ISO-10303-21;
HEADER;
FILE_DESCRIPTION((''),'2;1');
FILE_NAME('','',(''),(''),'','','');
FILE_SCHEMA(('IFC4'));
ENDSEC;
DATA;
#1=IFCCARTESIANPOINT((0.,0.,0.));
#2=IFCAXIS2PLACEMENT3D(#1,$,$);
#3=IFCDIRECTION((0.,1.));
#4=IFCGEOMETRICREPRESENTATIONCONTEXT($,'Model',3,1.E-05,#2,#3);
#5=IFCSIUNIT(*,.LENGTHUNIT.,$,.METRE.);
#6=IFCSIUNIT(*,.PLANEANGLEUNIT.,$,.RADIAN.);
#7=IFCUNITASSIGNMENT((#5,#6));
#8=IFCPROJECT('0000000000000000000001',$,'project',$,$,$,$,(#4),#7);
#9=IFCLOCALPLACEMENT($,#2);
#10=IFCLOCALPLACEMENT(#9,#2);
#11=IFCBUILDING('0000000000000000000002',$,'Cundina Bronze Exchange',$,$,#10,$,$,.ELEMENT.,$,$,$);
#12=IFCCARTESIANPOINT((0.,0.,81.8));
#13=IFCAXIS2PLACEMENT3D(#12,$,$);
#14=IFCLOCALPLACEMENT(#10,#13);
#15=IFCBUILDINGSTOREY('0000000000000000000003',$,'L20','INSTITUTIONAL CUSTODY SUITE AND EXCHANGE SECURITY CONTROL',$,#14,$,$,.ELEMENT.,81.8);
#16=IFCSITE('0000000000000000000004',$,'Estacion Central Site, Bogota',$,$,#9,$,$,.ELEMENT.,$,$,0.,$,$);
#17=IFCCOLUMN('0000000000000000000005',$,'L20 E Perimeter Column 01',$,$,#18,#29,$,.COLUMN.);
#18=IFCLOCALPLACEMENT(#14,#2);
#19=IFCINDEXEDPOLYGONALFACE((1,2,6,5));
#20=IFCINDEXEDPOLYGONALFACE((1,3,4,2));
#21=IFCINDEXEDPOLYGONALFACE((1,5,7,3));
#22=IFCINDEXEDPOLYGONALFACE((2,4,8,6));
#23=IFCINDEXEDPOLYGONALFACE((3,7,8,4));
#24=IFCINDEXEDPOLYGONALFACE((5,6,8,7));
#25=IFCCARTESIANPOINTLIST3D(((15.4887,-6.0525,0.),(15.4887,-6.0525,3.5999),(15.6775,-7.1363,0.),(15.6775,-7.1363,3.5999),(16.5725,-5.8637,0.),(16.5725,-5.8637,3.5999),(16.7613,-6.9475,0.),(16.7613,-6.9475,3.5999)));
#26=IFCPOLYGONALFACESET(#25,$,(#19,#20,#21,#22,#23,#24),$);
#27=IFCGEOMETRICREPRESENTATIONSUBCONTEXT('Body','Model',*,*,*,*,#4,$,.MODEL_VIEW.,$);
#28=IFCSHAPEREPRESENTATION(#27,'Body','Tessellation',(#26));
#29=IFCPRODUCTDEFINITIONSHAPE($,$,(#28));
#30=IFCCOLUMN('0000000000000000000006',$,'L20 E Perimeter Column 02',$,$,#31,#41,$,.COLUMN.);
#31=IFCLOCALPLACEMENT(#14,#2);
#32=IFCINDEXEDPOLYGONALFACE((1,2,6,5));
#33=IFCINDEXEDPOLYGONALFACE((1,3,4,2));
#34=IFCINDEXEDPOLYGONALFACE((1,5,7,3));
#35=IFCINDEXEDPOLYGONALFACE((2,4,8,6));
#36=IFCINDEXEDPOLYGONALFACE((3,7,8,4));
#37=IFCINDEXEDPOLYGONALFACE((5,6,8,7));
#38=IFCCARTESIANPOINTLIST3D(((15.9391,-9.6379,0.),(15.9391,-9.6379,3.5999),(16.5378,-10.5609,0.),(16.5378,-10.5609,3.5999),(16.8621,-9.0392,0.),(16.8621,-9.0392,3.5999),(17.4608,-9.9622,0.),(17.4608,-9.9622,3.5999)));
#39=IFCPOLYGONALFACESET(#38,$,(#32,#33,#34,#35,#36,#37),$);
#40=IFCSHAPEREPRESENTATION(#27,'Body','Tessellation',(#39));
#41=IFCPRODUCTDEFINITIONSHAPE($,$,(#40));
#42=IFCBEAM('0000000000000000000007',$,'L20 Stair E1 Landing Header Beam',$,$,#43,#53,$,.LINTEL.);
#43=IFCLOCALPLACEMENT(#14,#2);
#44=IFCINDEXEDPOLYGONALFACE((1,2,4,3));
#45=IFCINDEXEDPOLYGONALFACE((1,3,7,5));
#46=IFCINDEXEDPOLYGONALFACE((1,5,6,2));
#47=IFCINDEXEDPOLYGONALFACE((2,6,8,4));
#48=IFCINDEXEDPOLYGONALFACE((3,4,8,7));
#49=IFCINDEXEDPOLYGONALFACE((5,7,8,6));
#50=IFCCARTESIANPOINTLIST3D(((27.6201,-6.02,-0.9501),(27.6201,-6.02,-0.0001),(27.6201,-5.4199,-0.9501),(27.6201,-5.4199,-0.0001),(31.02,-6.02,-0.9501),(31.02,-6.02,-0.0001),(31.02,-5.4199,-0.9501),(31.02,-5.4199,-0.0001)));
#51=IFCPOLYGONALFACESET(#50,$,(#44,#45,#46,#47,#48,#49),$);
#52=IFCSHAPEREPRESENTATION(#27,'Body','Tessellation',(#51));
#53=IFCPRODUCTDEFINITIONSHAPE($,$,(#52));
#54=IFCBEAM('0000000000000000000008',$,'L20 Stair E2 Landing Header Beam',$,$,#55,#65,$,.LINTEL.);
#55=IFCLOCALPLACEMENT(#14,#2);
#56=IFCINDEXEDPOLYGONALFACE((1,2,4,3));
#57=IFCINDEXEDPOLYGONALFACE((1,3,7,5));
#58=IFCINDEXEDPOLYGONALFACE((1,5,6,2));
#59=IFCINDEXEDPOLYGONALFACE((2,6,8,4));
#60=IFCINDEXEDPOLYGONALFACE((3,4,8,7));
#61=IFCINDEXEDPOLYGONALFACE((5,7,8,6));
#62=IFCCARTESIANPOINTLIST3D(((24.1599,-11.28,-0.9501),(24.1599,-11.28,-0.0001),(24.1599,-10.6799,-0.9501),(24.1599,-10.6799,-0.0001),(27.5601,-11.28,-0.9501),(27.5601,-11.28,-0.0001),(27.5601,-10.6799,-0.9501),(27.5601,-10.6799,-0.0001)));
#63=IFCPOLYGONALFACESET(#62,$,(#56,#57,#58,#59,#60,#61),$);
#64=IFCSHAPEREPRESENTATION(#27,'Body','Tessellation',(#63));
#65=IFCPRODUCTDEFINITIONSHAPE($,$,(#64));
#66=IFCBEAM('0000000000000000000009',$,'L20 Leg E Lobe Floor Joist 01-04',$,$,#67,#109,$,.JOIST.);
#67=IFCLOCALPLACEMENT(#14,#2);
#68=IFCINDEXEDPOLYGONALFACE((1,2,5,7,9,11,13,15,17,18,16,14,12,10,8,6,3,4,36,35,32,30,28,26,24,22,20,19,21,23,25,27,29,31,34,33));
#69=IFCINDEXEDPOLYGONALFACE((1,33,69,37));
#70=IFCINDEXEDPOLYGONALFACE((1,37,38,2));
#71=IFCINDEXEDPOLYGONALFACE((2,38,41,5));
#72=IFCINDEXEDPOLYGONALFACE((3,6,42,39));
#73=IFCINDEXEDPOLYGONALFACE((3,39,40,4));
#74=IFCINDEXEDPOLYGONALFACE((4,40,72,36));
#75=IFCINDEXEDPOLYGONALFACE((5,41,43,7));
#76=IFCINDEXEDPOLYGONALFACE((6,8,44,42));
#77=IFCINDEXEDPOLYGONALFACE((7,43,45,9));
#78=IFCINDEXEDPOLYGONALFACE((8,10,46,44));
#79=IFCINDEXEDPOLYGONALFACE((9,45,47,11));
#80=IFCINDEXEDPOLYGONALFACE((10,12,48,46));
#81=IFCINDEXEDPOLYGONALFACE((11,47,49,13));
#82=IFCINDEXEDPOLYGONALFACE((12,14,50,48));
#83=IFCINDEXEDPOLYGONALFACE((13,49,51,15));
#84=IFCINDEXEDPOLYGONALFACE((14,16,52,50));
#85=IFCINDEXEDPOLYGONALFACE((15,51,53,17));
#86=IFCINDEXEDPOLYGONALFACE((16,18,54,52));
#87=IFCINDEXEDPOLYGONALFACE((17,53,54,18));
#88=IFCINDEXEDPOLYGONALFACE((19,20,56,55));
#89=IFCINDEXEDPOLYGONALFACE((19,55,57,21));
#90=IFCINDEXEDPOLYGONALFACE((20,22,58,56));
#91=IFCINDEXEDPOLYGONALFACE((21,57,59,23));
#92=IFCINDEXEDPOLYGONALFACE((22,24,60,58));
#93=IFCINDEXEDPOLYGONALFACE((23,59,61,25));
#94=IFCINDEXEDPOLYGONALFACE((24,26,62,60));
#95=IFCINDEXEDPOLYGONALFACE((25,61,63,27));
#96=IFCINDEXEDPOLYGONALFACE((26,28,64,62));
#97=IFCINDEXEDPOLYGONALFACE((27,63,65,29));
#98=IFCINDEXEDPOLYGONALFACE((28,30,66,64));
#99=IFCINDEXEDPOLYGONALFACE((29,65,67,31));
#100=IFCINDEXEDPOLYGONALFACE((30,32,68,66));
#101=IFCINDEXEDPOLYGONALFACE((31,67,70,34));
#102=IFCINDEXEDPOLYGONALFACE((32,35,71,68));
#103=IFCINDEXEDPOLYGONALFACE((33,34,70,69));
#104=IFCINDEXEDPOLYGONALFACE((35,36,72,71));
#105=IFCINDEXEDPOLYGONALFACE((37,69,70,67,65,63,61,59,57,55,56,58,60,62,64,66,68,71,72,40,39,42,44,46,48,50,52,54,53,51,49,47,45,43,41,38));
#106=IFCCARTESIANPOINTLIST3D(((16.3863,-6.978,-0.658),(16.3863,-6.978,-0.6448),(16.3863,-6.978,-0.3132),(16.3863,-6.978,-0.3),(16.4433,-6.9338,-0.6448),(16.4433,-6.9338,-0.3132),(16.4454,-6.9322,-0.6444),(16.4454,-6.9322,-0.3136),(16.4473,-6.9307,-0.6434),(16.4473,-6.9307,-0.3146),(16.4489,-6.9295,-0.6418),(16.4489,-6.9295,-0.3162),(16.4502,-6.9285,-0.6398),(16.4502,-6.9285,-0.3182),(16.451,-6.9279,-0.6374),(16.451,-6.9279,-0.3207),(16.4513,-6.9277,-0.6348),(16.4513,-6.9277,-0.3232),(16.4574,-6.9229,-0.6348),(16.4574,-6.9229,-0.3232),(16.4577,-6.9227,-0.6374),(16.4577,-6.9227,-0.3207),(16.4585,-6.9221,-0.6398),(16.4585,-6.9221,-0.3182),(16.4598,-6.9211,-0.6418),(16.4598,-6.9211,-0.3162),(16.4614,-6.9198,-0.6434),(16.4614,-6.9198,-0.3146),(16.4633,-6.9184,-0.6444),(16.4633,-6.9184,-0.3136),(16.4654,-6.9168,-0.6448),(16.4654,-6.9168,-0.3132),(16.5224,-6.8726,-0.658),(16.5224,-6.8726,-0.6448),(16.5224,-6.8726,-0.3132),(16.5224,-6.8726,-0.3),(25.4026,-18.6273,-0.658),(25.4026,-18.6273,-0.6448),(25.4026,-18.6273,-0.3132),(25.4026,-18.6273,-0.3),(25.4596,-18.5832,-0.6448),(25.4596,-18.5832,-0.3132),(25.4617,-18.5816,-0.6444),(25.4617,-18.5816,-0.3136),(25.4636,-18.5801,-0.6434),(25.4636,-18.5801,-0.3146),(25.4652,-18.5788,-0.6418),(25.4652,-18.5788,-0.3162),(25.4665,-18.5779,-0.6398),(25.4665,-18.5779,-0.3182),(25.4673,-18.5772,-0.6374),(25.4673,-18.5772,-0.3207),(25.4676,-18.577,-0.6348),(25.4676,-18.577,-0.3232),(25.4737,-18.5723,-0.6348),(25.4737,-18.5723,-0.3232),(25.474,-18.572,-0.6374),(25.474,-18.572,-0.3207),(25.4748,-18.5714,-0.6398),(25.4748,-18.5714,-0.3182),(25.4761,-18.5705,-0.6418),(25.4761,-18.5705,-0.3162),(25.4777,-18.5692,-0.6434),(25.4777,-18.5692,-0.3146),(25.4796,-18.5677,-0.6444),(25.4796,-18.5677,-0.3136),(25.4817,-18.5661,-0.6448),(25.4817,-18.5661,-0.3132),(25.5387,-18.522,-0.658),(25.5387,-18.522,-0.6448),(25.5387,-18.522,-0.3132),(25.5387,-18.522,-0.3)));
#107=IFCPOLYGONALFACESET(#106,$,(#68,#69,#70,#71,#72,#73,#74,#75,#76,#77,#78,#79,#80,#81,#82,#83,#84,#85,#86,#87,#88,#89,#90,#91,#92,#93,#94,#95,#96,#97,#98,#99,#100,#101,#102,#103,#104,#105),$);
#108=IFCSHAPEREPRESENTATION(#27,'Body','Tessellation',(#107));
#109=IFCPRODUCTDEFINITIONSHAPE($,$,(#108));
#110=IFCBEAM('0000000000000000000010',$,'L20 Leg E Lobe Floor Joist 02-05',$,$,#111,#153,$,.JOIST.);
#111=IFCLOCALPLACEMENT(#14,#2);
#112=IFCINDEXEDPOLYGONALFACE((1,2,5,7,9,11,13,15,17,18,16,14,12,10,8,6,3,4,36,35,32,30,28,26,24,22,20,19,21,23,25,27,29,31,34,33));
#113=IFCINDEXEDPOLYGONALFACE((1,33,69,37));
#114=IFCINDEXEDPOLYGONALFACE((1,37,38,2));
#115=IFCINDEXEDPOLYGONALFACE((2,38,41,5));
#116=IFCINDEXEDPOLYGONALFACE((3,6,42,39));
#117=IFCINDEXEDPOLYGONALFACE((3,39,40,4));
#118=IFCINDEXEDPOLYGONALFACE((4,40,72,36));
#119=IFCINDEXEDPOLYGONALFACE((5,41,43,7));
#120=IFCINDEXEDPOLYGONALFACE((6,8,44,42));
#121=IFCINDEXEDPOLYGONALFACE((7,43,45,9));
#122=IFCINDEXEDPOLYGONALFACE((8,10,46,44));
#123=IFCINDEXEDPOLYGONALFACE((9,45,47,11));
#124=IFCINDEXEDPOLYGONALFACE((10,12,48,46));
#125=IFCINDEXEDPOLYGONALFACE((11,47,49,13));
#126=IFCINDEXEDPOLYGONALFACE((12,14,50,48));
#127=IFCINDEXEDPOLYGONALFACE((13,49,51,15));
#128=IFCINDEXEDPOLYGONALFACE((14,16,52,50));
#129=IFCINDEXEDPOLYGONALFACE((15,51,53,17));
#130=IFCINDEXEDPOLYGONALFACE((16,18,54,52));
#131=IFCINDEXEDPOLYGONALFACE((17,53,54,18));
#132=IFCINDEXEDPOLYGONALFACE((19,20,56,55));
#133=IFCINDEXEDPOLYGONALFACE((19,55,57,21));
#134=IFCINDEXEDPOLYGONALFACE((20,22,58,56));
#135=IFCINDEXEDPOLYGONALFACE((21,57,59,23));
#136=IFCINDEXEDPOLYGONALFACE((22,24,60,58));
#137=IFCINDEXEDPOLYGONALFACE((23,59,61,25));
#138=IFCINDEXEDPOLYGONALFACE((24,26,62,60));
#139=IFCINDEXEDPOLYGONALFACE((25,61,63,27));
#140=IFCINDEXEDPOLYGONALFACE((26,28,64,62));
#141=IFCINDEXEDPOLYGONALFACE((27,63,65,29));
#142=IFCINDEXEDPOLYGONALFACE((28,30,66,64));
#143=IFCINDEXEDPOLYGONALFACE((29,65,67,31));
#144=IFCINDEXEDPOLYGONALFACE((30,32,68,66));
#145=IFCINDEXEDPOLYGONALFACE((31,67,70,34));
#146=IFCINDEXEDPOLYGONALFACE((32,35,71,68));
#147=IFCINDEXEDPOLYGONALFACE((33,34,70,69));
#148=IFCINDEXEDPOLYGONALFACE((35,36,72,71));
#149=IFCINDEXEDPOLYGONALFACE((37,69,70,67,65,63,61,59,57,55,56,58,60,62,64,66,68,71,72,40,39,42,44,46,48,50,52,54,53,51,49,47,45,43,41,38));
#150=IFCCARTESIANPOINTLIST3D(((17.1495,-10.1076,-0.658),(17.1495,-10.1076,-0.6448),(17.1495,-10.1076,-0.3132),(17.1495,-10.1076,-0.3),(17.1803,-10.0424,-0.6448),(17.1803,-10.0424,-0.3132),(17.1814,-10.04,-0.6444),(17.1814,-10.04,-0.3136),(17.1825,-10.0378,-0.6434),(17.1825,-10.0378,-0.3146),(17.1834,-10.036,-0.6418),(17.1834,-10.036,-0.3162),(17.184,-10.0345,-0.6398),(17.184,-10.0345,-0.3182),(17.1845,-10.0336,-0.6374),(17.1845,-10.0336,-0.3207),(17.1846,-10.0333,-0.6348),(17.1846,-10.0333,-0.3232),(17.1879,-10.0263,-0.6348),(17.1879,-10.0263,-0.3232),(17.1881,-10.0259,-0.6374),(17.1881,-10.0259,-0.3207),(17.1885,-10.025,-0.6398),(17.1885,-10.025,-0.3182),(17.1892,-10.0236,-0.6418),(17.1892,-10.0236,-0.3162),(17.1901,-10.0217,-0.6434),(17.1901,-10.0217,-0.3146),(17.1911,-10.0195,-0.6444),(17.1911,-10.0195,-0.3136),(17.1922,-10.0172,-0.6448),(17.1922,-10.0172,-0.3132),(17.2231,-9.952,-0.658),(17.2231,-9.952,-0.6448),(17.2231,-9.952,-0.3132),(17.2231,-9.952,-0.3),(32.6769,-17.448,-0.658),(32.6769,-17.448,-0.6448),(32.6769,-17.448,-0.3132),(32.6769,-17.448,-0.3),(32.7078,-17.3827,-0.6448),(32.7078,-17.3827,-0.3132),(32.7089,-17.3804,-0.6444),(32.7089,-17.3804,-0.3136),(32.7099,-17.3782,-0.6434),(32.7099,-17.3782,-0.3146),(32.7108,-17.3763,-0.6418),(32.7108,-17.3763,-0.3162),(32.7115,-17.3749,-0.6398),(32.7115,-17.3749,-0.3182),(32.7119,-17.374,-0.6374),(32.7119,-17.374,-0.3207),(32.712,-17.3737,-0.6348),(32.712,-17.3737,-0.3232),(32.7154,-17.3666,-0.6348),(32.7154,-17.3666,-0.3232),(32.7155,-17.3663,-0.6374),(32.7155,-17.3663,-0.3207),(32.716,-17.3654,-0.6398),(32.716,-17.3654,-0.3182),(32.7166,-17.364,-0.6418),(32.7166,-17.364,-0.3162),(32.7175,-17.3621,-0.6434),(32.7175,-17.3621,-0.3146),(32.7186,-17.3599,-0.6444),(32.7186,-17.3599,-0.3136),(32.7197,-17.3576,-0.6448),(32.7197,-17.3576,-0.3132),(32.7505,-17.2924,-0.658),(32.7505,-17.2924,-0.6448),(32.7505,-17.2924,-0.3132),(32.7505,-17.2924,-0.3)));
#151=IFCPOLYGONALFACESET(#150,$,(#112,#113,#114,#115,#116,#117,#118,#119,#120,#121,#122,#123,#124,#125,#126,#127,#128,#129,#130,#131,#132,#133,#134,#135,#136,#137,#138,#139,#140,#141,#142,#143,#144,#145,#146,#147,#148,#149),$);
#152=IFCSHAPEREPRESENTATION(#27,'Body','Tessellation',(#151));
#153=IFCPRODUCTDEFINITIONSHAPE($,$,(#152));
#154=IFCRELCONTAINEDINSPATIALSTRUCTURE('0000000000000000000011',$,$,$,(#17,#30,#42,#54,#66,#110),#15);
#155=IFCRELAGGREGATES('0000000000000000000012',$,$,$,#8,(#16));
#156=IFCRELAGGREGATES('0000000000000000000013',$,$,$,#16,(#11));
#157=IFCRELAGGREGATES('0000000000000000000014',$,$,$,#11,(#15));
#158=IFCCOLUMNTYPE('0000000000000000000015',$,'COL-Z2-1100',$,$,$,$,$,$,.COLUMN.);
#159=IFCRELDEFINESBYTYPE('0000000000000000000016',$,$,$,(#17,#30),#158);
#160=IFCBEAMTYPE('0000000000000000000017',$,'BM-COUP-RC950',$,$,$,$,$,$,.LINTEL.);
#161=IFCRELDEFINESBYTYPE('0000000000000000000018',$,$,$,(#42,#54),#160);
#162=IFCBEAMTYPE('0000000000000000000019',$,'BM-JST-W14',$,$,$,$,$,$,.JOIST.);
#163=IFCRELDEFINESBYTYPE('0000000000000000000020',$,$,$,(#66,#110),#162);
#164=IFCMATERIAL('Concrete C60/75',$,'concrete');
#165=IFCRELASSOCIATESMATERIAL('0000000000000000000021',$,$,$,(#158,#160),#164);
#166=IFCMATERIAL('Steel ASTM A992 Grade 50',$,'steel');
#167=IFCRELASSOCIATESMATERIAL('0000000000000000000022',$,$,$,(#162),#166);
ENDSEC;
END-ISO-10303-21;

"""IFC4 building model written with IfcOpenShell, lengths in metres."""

from ifc_helpers import new_model, si_unit, direction, frame, origin, origin_2d, place, context, subcontext, project, spatial, rectangle, i_section, extrude, material, material_profile, profile_set, type_object, element, save


model = new_model("IFC4")

# Units and contexts
model_context = context("Model", 3, precision=1e-05, world=origin(), true_north=direction((0.0, 1.0)))
body_context = subcontext(model_context, "Body", "Model", "MODEL_VIEW")
ifc_project = project(units=[si_unit("LENGTHUNIT", "METRE"), si_unit("PLANEANGLEUNIT", "RADIAN")], contexts=[model_context])

# Site, building, storey
site_placement = place(None, origin())
site = spatial("IfcSite", under=ifc_project, at=site_placement, Name="Estacion Central Site, Bogota", CompositionType="ELEMENT", RefElevation=0.0)
building_placement = place(site_placement, origin())
building = spatial("IfcBuilding", under=site, at=building_placement, Name="Cundina Bronze Exchange", CompositionType="ELEMENT")
storey_placement = place(building_placement, frame((0.0, 0.0, 81.8)))
storey = spatial("IfcBuildingStorey", under=building, at=storey_placement, Name="L20", Description="INSTITUTIONAL CUSTODY SUITE AND EXCHANGE SECURITY CONTROL", CompositionType="ELEMENT", Elevation=81.8)

# Columns
ifc_material_1 = material(Name="Concrete C60/75", Category="concrete")
ifc_material_profile_1 = material_profile(ifc_material_1, rectangle(XDim=1.1001, YDim=1.1001, at=origin_2d()), Name="RC1100X1100", Category="concrete")
ifc_profile_set_1 = profile_set([ifc_material_profile_1], Name="Concrete C60/75")
column_type = type_object("IfcColumnType", Name="COL-Z2-1100", PredefinedType="COLUMN", material=ifc_profile_set_1)
for number, where, z_axis, x_axis, name in (
    (1, (16.125, -6.5, 0.0), (0.0, 0.0, 1.0), (0.171585, -0.985169, 0.0), "L20 E Perimeter Column 01"),
    (2, (16.7, -9.8, 0.0), (0.0, 0.0, 1.0), (0.5442, -0.838956, 0.0), "L20 E Perimeter Column 02"),
):
    element("IfcColumn", number, at=place(storey_placement, frame(where, z_axis=z_axis, x_axis=x_axis)), inside=storey, type_object=column_type, Name=name, PredefinedType="COLUMN", context=body_context, shape_type="SweptSolid", body=[
        extrude(rectangle(XDim=1.1001, YDim=1.1001, at=origin_2d()), origin(), (0.0, 0.0, 1.0), 3.5999),
    ])

# Beams
ifc_material_profile_2 = material_profile(ifc_material_1, rectangle(XDim=0.6001, YDim=0.95, at=origin_2d()), Name="RC600X950", Category="concrete")
ifc_profile_set_2 = profile_set([ifc_material_profile_2], Name="Concrete C60/75")
beam_type_1 = type_object("IfcBeamType", Name="BM-COUP-RC950", PredefinedType="LINTEL", material=ifc_profile_set_2)
beam_1_placement = place(storey_placement, frame((27.6201, -5.72, -0.4751), z_axis=(1.0, 0.0, 0.0), x_axis=(0.0, 1.0, 0.0)))
element("IfcBeam", 3, at=beam_1_placement, inside=storey, type_object=beam_type_1, Name="L20 Stair E1 Landing Header Beam", PredefinedType="LINTEL", context=body_context, shape_type="SweptSolid", body=[
    extrude(rectangle(XDim=0.6001, YDim=0.95, at=origin_2d()), origin(), (0.0, 0.0, 1.0), 3.3999),
])
beam_2_placement = place(storey_placement, frame((24.1599, -10.98, -0.4751), z_axis=(1.0, 0.0, 0.0), x_axis=(0.0, 1.0, 0.0)))
element("IfcBeam", 4, at=beam_2_placement, inside=storey, type_object=beam_type_1, Name="L20 Stair E2 Landing Header Beam", PredefinedType="LINTEL", context=body_context, shape_type="SweptSolid", body=[
    extrude(rectangle(XDim=0.6001, YDim=0.95, at=origin_2d()), origin(), (0.0, 0.0, 1.0), 3.4001),
])
ifc_material_2 = material(Name="Steel ASTM A992 Grade 50", Category="steel")
ifc_material_profile_3 = material_profile(ifc_material_2, i_section(OverallWidth=0.1721, OverallDepth=0.3579, WebThickness=0.0078, FlangeThickness=0.0132, FilletRadius=0.01, at=origin_2d()), Name="W14X38", Category="steel")
ifc_profile_set_3 = profile_set([ifc_material_profile_3], Name="Steel ASTM A992 Grade 50")
beam_type_2 = type_object("IfcBeamType", Name="BM-JST-W14", PredefinedType="JOIST", material=ifc_profile_set_3)
beam_3_placement = place(storey_placement, frame((16.4543, -6.9253, -0.479), z_axis=(0.612065, -0.790807, 0.0), x_axis=(0.790807, 0.612065, 0.0)))
element("IfcBeam", 5, at=beam_3_placement, inside=storey, type_object=beam_type_2, Name="L20 Leg E Lobe Floor Joist 01-04", PredefinedType="JOIST", context=body_context, shape_type="SweptSolid", body=[
    extrude(i_section(OverallWidth=0.1721, OverallDepth=0.3579, WebThickness=0.0078, FlangeThickness=0.0132, FilletRadius=0.01, at=origin_2d()), origin(), (0.0, 0.0, 1.0), 14.731),
])
beam_4_placement = place(storey_placement, frame((17.1863, -10.0298, -0.479), z_axis=(0.904069, -0.427386, 0.0), x_axis=(0.427386, 0.904069, 0.0)))
element("IfcBeam", 6, at=beam_4_placement, inside=storey, type_object=beam_type_2, Name="L20 Leg E Lobe Floor Joist 02-05", PredefinedType="JOIST", context=body_context, shape_type="SweptSolid", body=[
    extrude(i_section(OverallWidth=0.1721, OverallDepth=0.3579, WebThickness=0.0078, FlangeThickness=0.0132, FilletRadius=0.01, at=origin_2d()), origin(), (0.0, 0.0, 1.0), 17.175),
])

save(model, "model.ifc")
